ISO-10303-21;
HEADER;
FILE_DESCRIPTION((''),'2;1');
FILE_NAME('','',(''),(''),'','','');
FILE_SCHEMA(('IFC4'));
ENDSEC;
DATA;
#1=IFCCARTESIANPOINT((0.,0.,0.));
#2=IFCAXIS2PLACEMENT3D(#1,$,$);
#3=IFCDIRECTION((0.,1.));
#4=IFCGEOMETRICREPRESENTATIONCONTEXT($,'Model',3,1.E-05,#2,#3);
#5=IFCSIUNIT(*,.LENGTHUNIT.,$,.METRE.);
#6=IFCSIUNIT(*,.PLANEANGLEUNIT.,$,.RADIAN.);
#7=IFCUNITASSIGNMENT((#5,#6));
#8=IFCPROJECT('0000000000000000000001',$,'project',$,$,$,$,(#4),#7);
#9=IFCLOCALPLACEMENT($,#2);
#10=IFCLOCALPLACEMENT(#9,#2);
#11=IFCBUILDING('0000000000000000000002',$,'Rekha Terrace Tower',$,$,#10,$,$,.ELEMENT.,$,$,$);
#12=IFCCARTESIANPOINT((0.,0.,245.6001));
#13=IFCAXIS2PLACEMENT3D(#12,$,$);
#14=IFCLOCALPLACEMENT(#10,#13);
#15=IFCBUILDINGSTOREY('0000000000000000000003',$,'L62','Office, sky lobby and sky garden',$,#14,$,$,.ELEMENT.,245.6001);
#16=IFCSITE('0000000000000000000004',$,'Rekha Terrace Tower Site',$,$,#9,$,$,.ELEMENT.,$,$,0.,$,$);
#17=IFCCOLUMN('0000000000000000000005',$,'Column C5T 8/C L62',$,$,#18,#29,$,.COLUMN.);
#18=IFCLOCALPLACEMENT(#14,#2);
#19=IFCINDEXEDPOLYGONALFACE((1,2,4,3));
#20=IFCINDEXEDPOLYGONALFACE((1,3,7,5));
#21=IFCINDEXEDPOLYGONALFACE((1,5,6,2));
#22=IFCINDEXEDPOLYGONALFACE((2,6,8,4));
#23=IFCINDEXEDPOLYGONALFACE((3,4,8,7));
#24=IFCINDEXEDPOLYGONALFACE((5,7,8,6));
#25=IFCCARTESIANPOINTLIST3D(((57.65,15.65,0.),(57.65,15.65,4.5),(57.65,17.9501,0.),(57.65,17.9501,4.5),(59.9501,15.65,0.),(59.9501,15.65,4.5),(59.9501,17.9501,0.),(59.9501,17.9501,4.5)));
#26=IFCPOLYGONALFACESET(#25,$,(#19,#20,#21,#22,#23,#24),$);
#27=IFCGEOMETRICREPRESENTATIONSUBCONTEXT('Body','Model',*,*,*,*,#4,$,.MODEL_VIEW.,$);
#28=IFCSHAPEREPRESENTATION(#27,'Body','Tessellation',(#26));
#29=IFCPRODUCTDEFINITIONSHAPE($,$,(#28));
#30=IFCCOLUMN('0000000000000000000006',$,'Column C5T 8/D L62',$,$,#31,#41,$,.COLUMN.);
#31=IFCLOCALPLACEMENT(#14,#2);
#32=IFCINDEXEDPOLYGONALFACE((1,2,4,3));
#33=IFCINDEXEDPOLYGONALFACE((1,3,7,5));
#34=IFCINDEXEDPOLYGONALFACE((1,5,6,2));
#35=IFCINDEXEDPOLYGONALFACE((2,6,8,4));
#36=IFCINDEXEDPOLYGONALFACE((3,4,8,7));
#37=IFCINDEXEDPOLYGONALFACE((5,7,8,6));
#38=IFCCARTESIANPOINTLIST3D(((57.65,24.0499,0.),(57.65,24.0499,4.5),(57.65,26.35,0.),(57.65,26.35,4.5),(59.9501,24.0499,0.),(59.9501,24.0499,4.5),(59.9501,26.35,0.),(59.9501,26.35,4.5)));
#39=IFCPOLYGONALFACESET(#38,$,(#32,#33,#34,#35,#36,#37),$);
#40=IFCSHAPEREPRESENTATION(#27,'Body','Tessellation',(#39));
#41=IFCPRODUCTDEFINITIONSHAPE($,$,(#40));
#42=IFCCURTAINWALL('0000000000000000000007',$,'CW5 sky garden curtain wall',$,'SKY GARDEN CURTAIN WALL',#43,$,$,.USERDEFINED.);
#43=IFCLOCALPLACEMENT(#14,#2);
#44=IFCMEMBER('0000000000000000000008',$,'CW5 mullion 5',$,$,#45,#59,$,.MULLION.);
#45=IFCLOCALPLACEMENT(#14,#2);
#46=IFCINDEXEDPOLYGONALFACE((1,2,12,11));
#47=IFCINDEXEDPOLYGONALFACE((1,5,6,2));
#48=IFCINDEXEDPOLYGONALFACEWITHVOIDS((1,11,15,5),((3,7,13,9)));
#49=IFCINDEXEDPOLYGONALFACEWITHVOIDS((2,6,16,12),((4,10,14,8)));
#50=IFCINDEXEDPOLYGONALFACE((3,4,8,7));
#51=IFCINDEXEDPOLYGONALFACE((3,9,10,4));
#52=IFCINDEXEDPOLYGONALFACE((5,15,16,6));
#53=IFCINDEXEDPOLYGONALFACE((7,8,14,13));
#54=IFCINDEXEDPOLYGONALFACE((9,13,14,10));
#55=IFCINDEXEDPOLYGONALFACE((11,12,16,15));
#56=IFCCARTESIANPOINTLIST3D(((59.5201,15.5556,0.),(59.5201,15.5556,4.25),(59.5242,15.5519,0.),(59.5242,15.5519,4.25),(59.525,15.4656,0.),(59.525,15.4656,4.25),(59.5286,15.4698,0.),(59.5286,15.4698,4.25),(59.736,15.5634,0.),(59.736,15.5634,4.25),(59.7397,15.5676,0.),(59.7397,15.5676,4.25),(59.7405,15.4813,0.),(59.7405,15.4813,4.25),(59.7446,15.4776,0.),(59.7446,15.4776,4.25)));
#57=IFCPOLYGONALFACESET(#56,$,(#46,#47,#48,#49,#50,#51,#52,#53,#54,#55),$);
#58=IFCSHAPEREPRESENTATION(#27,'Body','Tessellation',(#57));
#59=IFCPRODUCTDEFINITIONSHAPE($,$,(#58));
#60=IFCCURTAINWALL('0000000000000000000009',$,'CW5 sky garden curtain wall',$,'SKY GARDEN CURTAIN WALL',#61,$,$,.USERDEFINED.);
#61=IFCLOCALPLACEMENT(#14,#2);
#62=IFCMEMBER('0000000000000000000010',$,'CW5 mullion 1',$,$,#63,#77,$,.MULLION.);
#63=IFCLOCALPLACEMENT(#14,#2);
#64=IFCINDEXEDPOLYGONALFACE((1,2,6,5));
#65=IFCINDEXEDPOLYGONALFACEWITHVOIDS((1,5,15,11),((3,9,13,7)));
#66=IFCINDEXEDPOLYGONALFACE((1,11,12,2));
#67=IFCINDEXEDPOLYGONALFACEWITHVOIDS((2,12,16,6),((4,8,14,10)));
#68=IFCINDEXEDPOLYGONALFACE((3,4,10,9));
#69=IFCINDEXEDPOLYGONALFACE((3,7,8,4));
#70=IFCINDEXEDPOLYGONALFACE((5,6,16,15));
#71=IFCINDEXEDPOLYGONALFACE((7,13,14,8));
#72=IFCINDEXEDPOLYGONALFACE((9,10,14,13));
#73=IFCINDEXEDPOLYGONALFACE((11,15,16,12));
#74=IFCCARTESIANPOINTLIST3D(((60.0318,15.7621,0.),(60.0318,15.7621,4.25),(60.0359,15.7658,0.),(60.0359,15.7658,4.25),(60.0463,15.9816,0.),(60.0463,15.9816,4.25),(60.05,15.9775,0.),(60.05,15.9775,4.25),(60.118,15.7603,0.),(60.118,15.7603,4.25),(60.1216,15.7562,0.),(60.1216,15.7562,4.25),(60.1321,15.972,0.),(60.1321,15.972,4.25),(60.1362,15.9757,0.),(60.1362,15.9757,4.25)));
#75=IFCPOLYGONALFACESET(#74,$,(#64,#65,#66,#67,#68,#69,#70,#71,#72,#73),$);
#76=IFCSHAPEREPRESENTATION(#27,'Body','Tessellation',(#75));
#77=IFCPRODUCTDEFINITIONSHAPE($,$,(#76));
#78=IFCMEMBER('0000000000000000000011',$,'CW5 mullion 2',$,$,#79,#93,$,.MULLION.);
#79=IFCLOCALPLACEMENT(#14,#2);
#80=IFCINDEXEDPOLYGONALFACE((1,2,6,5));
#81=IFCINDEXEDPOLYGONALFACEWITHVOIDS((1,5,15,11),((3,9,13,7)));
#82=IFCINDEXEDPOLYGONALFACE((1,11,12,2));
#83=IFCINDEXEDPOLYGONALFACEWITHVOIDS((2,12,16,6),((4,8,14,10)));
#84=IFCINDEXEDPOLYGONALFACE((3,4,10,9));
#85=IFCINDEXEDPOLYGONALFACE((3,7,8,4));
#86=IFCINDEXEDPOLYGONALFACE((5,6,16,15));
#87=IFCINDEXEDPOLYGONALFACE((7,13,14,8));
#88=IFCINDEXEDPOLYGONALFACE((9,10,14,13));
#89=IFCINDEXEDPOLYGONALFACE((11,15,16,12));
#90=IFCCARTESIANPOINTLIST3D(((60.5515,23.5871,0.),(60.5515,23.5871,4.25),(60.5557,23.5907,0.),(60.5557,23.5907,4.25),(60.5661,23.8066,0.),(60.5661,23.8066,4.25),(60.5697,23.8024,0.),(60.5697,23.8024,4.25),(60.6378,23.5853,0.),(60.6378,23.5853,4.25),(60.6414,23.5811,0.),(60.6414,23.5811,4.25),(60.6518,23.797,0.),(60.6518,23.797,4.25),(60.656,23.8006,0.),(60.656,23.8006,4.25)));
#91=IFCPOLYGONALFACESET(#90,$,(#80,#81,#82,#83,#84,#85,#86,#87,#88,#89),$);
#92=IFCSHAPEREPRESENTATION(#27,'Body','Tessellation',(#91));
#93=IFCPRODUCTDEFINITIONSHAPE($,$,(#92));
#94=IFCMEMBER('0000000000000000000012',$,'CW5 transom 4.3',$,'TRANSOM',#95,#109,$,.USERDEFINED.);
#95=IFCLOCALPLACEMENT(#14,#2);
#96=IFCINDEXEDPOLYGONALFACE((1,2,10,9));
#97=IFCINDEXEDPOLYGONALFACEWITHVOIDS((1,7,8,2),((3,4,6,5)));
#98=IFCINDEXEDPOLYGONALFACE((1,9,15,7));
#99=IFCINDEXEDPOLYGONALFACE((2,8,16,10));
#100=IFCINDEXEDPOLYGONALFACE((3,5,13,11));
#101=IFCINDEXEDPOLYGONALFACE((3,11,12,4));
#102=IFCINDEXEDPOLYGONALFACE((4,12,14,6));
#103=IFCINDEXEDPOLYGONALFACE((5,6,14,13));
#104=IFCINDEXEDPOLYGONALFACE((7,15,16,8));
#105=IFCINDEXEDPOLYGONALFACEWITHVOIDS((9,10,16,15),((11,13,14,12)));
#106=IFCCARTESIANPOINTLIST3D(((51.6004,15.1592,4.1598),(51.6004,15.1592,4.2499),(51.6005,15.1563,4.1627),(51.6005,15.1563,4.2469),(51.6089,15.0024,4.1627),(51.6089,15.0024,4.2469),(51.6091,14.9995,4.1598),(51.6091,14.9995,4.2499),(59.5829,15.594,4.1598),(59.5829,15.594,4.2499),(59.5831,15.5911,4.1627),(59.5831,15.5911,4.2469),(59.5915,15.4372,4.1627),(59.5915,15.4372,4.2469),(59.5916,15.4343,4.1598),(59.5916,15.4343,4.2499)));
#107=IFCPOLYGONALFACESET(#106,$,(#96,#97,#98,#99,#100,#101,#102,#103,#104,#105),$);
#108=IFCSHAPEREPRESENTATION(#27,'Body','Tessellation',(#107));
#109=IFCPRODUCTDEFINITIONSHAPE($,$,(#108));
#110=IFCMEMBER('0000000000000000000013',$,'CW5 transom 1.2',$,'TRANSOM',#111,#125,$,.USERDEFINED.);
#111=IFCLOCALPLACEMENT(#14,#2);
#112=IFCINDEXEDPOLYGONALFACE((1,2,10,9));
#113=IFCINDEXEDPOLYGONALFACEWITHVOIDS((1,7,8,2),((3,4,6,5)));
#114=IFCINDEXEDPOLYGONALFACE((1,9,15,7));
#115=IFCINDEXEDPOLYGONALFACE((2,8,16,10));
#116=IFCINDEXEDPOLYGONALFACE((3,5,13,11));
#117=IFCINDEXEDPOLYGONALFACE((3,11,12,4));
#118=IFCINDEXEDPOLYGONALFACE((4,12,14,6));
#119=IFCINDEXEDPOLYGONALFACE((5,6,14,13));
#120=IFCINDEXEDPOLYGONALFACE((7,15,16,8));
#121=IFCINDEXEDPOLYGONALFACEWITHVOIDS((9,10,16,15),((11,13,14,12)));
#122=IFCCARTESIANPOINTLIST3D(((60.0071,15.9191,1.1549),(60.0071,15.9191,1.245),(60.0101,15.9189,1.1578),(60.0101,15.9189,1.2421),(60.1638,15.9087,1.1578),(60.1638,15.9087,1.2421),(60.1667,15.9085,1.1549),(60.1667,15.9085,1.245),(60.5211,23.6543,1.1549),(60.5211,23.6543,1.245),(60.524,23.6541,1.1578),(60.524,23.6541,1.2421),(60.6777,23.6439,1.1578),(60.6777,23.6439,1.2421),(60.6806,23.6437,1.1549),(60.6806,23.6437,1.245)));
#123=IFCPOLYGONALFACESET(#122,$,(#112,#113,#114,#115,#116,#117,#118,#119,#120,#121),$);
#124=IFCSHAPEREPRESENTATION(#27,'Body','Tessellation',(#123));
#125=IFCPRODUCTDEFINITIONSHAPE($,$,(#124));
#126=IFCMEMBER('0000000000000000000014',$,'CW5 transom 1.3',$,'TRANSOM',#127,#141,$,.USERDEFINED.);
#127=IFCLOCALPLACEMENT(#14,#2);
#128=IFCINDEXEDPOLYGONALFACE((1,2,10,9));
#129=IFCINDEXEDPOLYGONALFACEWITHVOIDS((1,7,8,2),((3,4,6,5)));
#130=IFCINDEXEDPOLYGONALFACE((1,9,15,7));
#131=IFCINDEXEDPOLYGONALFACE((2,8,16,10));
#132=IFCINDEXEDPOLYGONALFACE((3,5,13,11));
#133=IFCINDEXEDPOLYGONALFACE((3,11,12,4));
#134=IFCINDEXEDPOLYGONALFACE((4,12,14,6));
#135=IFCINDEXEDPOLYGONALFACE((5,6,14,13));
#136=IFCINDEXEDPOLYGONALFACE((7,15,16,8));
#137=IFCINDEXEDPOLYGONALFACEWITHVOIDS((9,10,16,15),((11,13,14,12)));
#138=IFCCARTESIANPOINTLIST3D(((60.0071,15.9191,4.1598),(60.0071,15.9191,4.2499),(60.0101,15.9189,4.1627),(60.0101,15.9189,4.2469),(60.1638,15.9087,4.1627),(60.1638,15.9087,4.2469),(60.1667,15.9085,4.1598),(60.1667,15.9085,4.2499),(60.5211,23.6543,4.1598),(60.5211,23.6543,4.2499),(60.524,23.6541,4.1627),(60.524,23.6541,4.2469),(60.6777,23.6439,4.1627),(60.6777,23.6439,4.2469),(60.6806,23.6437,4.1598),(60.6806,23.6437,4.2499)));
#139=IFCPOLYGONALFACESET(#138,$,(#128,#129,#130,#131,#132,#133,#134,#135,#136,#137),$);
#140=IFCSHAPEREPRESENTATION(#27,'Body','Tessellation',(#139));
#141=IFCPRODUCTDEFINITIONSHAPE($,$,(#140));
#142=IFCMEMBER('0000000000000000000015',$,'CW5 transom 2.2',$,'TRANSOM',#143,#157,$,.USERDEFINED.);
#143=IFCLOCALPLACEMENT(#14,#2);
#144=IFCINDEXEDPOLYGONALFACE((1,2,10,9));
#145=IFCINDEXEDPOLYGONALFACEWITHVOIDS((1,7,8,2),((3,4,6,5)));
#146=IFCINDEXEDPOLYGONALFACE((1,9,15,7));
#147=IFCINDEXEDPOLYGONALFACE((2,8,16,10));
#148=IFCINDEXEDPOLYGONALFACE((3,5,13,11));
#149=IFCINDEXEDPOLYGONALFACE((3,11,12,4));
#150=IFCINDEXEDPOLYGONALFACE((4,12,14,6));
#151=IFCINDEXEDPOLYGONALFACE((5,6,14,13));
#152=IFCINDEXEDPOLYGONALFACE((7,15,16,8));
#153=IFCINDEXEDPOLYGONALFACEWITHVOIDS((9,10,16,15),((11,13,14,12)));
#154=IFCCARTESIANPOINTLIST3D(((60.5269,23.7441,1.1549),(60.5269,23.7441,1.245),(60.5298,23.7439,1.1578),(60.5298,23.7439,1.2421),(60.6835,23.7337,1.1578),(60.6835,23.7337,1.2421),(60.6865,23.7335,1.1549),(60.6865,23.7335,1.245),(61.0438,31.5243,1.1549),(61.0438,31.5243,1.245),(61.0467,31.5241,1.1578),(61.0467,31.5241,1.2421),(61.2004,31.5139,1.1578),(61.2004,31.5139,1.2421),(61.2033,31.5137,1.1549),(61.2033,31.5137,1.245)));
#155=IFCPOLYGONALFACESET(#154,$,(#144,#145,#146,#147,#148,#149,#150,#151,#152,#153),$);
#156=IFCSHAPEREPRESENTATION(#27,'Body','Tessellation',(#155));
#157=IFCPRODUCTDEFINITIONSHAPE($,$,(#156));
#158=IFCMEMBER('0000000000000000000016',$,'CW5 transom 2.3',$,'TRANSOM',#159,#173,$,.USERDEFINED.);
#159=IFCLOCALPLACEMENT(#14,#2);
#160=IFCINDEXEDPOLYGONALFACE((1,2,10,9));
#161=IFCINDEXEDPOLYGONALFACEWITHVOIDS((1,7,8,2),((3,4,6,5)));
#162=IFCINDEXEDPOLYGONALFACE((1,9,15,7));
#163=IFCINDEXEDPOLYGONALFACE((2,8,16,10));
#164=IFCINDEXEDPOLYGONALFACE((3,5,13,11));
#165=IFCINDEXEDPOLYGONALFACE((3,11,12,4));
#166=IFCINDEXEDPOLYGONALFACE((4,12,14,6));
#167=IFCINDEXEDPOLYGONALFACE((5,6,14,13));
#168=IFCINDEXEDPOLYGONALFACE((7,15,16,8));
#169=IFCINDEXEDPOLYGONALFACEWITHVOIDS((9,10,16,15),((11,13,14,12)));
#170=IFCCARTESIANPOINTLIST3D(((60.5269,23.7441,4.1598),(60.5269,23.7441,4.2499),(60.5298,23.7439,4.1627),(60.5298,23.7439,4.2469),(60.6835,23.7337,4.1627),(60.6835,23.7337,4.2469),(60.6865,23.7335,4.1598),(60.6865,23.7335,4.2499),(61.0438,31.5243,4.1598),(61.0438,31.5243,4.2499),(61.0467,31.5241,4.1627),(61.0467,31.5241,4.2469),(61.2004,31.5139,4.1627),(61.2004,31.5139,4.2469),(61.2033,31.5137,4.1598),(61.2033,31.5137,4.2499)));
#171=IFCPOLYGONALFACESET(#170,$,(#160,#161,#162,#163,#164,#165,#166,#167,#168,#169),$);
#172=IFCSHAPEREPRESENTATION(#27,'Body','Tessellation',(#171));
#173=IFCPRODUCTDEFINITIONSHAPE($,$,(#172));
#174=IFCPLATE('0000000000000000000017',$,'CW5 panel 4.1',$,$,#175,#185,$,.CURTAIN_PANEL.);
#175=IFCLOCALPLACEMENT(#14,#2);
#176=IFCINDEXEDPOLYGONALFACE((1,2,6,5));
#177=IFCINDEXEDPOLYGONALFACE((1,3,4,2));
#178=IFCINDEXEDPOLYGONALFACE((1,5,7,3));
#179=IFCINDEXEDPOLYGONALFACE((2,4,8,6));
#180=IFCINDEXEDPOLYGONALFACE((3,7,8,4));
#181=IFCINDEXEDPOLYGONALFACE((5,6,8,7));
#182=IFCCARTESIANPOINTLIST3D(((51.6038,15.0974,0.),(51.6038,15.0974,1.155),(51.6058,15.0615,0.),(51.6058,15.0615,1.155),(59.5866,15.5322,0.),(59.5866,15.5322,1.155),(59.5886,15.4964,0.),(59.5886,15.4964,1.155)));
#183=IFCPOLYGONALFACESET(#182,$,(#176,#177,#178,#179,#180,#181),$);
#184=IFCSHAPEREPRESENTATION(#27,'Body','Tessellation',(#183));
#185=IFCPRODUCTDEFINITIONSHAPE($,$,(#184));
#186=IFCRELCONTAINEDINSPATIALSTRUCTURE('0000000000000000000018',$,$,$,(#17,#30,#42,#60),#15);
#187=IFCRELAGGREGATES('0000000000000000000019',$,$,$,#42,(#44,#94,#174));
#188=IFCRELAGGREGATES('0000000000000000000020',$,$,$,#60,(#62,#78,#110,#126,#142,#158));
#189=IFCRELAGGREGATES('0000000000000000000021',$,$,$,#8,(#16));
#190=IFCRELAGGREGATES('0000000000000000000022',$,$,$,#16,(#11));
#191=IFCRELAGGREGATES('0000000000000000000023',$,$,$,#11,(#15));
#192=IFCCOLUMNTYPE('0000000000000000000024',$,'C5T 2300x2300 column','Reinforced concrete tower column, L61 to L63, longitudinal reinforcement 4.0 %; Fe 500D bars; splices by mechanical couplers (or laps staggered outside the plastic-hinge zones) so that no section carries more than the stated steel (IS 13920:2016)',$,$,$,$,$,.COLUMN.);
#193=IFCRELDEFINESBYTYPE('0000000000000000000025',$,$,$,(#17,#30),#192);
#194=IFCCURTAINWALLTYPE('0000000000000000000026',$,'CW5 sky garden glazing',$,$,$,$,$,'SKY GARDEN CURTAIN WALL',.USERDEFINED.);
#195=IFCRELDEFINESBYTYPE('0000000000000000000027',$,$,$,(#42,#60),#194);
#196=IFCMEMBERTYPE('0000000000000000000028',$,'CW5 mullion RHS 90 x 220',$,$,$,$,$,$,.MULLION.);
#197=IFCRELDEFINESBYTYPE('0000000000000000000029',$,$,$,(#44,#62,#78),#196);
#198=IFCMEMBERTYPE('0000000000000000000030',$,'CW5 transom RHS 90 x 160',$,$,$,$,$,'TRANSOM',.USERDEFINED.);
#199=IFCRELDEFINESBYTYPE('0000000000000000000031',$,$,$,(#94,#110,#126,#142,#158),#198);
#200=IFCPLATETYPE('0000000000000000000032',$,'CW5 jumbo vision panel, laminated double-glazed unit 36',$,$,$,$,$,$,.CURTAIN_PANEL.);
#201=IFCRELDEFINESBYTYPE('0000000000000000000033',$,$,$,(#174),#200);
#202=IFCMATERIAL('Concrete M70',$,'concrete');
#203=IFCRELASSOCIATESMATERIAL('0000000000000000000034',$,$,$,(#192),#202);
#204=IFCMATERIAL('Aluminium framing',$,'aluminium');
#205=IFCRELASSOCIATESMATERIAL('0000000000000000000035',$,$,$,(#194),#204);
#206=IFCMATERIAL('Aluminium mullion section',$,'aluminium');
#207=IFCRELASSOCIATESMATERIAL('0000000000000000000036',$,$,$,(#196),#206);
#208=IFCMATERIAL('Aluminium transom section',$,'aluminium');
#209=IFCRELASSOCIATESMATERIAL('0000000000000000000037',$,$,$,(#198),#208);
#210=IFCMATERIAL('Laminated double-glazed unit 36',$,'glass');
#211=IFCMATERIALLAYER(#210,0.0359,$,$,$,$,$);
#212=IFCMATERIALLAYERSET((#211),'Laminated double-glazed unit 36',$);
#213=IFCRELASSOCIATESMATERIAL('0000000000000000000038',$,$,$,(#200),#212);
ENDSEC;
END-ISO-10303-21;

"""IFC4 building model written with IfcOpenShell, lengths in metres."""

from ifc_helpers import new_model, si_unit, direction, frame, origin, origin_2d, place, context, subcontext, project, spatial, rectangle, hollow_rectangle, extrude, material, layer, layer_set, material_profile, profile_set, type_object, element, aggregate, save


model = new_model("IFC4")

# Units and contexts
model_context = context("Model", 3, precision=1e-05, world=origin(), true_north=direction((0.0, 1.0)))
body_context = subcontext(model_context, "Body", "Model", "MODEL_VIEW")
ifc_project = project(units=[si_unit("LENGTHUNIT", "METRE"), si_unit("PLANEANGLEUNIT", "RADIAN")], contexts=[model_context])

# Site, building, storey
site_placement = place(None, origin())
site = spatial("IfcSite", under=ifc_project, at=site_placement, Name="Rekha Terrace Tower Site", CompositionType="ELEMENT", RefElevation=0.0)
building_placement = place(site_placement, origin())
building = spatial("IfcBuilding", under=site, at=building_placement, Name="Rekha Terrace Tower", CompositionType="ELEMENT")
storey_placement = place(building_placement, frame((0.0, 0.0, 245.6001)))
storey = spatial("IfcBuildingStorey", under=building, at=storey_placement, Name="L62", Description="Office, sky lobby and sky garden", CompositionType="ELEMENT", Elevation=245.6001)

# Columns
ifc_material_1 = material(Name="Concrete M70", Category="concrete")
ifc_material_profile_1 = material_profile(ifc_material_1, rectangle(XDim=2.3, YDim=2.3, at=origin_2d()), Name="RC 2300x2300")
ifc_profile_set_1 = profile_set([ifc_material_profile_1], Name="Concrete M70")
column_type = type_object("IfcColumnType", Name="C5T 2300x2300 column", Description="Reinforced concrete tower column, L61 to L63, longitudinal reinforcement 4.0 %; Fe 500D bars; splices by mechanical couplers (or laps staggered outside the plastic-hinge zones) so that no section carries more than the stated steel (IS 13920:2016)", PredefinedType="COLUMN", material=ifc_profile_set_1)
for number, where, z_axis, x_axis, name in (
    (1, (58.8, 16.8, 0.0), (0.0, 0.0, 1.0), (1.0, 0.0, 0.0), "Column C5T 8/C L62"),
    (2, (58.8, 25.2, 0.0), (0.0, 0.0, 1.0), (1.0, 0.0, 0.0), "Column C5T 8/D L62"),
):
    element("IfcColumn", number, at=place(storey_placement, frame(where, z_axis=z_axis, x_axis=x_axis)), inside=storey, type_object=column_type, Name=name, PredefinedType="COLUMN", context=body_context, shape_type="SweptSolid", body=[
        extrude(rectangle(XDim=2.3, YDim=2.3, at=origin_2d()), origin(), (0.0, 0.0, 1.0), 4.5),
    ])

# Curtain wall, member
ifc_material_2 = material(Name="Aluminium framing", Category="aluminium")
curtain_wall_type = type_object("IfcCurtainWallType", Name="CW5 sky garden glazing", ElementType="SKY GARDEN CURTAIN WALL", PredefinedType="USERDEFINED", material=ifc_material_2)
curtain_wall_1_placement = place(storey_placement, origin())
curtain_wall_1 = element("IfcCurtainWall", 3, at=curtain_wall_1_placement, inside=storey, type_object=curtain_wall_type, Name="CW5 sky garden curtain wall", ObjectType="SKY GARDEN CURTAIN WALL", PredefinedType="USERDEFINED")
ifc_material_3 = material(Name="Aluminium mullion section", Category="aluminium")
ifc_material_profile_2 = material_profile(ifc_material_3, hollow_rectangle(XDim=0.0901, YDim=0.22, WallThickness=0.0039, at=origin_2d()), Name="AL RHS 90x220")
ifc_profile_set_2 = profile_set([ifc_material_profile_2], Name="Aluminium mullion section")
member_type_1 = type_object("IfcMemberType", Name="CW5 mullion RHS 90 x 220", PredefinedType="MULLION", material=ifc_profile_set_2)
member_1_placement = place(storey_placement, frame((59.6323, 15.5166, 0.0), z_axis=(0.0, 0.0, 1.0), x_axis=(-0.054389, 0.99852, 0.0)))
member_1 = element("IfcMember", 4, at=member_1_placement, type_object=member_type_1, Name="CW5 mullion 5", PredefinedType="MULLION", context=body_context, shape_type="SweptSolid", body=[
    extrude(hollow_rectangle(XDim=0.0901, YDim=0.22, WallThickness=0.0039, at=origin_2d()), origin(), (0.0, 0.0, 1.0), 4.25),
])

# Curtain wall, members
curtain_wall_2_placement = place(storey_placement, origin())
curtain_wall_2 = element("IfcCurtainWall", 5, at=curtain_wall_2_placement, inside=storey, type_object=curtain_wall_type, Name="CW5 sky garden curtain wall", ObjectType="SKY GARDEN CURTAIN WALL", PredefinedType="USERDEFINED")
member_2_placement = place(storey_placement, frame((60.084, 15.8689, 0.0), z_axis=(0.0, 0.0, 1.0), x_axis=(-0.997802, 0.066272, 0.0)))
member_2 = element("IfcMember", 6, at=member_2_placement, type_object=member_type_1, Name="CW5 mullion 1", PredefinedType="MULLION", context=body_context, shape_type="SweptSolid", body=[
    extrude(hollow_rectangle(XDim=0.0901, YDim=0.22, WallThickness=0.0039, at=origin_2d()), origin(), (0.0, 0.0, 1.0), 4.25),
])
member_3_placement = place(storey_placement, frame((60.6038, 23.6938, 0.0), z_axis=(0.0, 0.0, 1.0), x_axis=(-0.997802, 0.066272, 0.0)))
member_3 = element("IfcMember", 7, at=member_3_placement, type_object=member_type_1, Name="CW5 mullion 2", PredefinedType="MULLION", context=body_context, shape_type="SweptSolid", body=[
    extrude(hollow_rectangle(XDim=0.0901, YDim=0.22, WallThickness=0.0039, at=origin_2d()), origin(), (0.0, 0.0, 1.0), 4.25),
])

# Members
ifc_material_4 = material(Name="Aluminium transom section", Category="aluminium")
ifc_material_profile_3 = material_profile(ifc_material_4, hollow_rectangle(XDim=0.1599, YDim=0.0901, WallThickness=0.0029, at=origin_2d()), Name="AL RHS 160x90")
ifc_profile_set_3 = profile_set([ifc_material_profile_3], Name="Aluminium transom section")
member_type_2 = type_object("IfcMemberType", Name="CW5 transom RHS 90 x 160", ElementType="TRANSOM", PredefinedType="USERDEFINED", material=ifc_profile_set_3)
member_4_placement = place(storey_placement, frame((51.6047, 15.0793, 4.2048), z_axis=(0.99852, 0.054389, 0.0), x_axis=(-0.054389, 0.99852, 0.0)))
member_4 = element("IfcMember", 8, at=member_4_placement, type_object=member_type_2, Name="CW5 transom 4.3", ObjectType="TRANSOM", PredefinedType="USERDEFINED", context=body_context, shape_type="SweptSolid", body=[
    extrude(hollow_rectangle(XDim=0.1599, YDim=0.0901, WallThickness=0.0029, at=origin_2d()), origin(), (0.0, 0.0, 1.0), 7.9944),
])
member_5_placement = place(storey_placement, frame((60.0869, 15.9138, 1.2), z_axis=(0.066293, 0.9978, 0.0), x_axis=(-0.9978, 0.066293, 0.0)))
member_5 = element("IfcMember", 9, at=member_5_placement, type_object=member_type_2, Name="CW5 transom 1.2", ObjectType="TRANSOM", PredefinedType="USERDEFINED", context=body_context, shape_type="SweptSolid", body=[
    extrude(hollow_rectangle(XDim=0.1599, YDim=0.0901, WallThickness=0.0029, at=origin_2d()), origin(), (0.0, 0.0, 1.0), 7.7522),
])
member_6_placement = place(storey_placement, frame((60.0869, 15.9138, 4.2048), z_axis=(0.066293, 0.9978, 0.0), x_axis=(-0.9978, 0.066293, 0.0)))
member_6 = element("IfcMember", 10, at=member_6_placement, type_object=member_type_2, Name="CW5 transom 1.3", ObjectType="TRANSOM", PredefinedType="USERDEFINED", context=body_context, shape_type="SweptSolid", body=[
    extrude(hollow_rectangle(XDim=0.1599, YDim=0.0901, WallThickness=0.0029, at=origin_2d()), origin(), (0.0, 0.0, 1.0), 7.7522),
])
member_7_placement = place(storey_placement, frame((60.6067, 23.7388, 1.2), z_axis=(0.066284, 0.997801, 0.0), x_axis=(-0.997801, 0.066284, 0.0)))
member_7 = element("IfcMember", 11, at=member_7_placement, type_object=member_type_2, Name="CW5 transom 2.2", ObjectType="TRANSOM", PredefinedType="USERDEFINED", context=body_context, shape_type="SweptSolid", body=[
    extrude(hollow_rectangle(XDim=0.1599, YDim=0.0901, WallThickness=0.0029, at=origin_2d()), origin(), (0.0, 0.0, 1.0), 7.7974),
])
member_8_placement = place(storey_placement, frame((60.6067, 23.7388, 4.2048), z_axis=(0.066284, 0.997801, 0.0), x_axis=(-0.997801, 0.066284, 0.0)))
member_8 = element("IfcMember", 12, at=member_8_placement, type_object=member_type_2, Name="CW5 transom 2.3", ObjectType="TRANSOM", PredefinedType="USERDEFINED", context=body_context, shape_type="SweptSolid", body=[
    extrude(hollow_rectangle(XDim=0.1599, YDim=0.0901, WallThickness=0.0029, at=origin_2d()), origin(), (0.0, 0.0, 1.0), 7.7974),
])

# Plate
ifc_material_5 = material(Name="Laminated double-glazed unit 36", Category="glass")
ifc_layer_1 = layer(ifc_material_5, 0.0359)
ifc_layer_set_1 = layer_set([ifc_layer_1], Name="Laminated double-glazed unit 36")
plate_type = type_object("IfcPlateType", Name="CW5 jumbo vision panel, laminated double-glazed unit 36", PredefinedType="CURTAIN_PANEL", material=ifc_layer_set_1)
plate_1_placement = place(storey_placement, frame((55.5962, 15.2969, 0.0), z_axis=(0.0, 0.0, 1.0), x_axis=(0.99852, 0.054389, 0.0)))
plate_1 = element("IfcPlate", 13, at=plate_1_placement, type_object=plate_type, Name="CW5 panel 4.1", PredefinedType="CURTAIN_PANEL", context=body_context, shape_type="SweptSolid", body=[
    extrude(rectangle(XDim=7.9946, YDim=0.0359, at=origin_2d()), origin(), (0.0, 0.0, 1.0), 1.155),
])
aggregate(curtain_wall_1, [member_1, member_4, plate_1])
aggregate(curtain_wall_2, [member_2, member_3, member_5, member_6, member_7, member_8])

save(model, "model.ifc")
